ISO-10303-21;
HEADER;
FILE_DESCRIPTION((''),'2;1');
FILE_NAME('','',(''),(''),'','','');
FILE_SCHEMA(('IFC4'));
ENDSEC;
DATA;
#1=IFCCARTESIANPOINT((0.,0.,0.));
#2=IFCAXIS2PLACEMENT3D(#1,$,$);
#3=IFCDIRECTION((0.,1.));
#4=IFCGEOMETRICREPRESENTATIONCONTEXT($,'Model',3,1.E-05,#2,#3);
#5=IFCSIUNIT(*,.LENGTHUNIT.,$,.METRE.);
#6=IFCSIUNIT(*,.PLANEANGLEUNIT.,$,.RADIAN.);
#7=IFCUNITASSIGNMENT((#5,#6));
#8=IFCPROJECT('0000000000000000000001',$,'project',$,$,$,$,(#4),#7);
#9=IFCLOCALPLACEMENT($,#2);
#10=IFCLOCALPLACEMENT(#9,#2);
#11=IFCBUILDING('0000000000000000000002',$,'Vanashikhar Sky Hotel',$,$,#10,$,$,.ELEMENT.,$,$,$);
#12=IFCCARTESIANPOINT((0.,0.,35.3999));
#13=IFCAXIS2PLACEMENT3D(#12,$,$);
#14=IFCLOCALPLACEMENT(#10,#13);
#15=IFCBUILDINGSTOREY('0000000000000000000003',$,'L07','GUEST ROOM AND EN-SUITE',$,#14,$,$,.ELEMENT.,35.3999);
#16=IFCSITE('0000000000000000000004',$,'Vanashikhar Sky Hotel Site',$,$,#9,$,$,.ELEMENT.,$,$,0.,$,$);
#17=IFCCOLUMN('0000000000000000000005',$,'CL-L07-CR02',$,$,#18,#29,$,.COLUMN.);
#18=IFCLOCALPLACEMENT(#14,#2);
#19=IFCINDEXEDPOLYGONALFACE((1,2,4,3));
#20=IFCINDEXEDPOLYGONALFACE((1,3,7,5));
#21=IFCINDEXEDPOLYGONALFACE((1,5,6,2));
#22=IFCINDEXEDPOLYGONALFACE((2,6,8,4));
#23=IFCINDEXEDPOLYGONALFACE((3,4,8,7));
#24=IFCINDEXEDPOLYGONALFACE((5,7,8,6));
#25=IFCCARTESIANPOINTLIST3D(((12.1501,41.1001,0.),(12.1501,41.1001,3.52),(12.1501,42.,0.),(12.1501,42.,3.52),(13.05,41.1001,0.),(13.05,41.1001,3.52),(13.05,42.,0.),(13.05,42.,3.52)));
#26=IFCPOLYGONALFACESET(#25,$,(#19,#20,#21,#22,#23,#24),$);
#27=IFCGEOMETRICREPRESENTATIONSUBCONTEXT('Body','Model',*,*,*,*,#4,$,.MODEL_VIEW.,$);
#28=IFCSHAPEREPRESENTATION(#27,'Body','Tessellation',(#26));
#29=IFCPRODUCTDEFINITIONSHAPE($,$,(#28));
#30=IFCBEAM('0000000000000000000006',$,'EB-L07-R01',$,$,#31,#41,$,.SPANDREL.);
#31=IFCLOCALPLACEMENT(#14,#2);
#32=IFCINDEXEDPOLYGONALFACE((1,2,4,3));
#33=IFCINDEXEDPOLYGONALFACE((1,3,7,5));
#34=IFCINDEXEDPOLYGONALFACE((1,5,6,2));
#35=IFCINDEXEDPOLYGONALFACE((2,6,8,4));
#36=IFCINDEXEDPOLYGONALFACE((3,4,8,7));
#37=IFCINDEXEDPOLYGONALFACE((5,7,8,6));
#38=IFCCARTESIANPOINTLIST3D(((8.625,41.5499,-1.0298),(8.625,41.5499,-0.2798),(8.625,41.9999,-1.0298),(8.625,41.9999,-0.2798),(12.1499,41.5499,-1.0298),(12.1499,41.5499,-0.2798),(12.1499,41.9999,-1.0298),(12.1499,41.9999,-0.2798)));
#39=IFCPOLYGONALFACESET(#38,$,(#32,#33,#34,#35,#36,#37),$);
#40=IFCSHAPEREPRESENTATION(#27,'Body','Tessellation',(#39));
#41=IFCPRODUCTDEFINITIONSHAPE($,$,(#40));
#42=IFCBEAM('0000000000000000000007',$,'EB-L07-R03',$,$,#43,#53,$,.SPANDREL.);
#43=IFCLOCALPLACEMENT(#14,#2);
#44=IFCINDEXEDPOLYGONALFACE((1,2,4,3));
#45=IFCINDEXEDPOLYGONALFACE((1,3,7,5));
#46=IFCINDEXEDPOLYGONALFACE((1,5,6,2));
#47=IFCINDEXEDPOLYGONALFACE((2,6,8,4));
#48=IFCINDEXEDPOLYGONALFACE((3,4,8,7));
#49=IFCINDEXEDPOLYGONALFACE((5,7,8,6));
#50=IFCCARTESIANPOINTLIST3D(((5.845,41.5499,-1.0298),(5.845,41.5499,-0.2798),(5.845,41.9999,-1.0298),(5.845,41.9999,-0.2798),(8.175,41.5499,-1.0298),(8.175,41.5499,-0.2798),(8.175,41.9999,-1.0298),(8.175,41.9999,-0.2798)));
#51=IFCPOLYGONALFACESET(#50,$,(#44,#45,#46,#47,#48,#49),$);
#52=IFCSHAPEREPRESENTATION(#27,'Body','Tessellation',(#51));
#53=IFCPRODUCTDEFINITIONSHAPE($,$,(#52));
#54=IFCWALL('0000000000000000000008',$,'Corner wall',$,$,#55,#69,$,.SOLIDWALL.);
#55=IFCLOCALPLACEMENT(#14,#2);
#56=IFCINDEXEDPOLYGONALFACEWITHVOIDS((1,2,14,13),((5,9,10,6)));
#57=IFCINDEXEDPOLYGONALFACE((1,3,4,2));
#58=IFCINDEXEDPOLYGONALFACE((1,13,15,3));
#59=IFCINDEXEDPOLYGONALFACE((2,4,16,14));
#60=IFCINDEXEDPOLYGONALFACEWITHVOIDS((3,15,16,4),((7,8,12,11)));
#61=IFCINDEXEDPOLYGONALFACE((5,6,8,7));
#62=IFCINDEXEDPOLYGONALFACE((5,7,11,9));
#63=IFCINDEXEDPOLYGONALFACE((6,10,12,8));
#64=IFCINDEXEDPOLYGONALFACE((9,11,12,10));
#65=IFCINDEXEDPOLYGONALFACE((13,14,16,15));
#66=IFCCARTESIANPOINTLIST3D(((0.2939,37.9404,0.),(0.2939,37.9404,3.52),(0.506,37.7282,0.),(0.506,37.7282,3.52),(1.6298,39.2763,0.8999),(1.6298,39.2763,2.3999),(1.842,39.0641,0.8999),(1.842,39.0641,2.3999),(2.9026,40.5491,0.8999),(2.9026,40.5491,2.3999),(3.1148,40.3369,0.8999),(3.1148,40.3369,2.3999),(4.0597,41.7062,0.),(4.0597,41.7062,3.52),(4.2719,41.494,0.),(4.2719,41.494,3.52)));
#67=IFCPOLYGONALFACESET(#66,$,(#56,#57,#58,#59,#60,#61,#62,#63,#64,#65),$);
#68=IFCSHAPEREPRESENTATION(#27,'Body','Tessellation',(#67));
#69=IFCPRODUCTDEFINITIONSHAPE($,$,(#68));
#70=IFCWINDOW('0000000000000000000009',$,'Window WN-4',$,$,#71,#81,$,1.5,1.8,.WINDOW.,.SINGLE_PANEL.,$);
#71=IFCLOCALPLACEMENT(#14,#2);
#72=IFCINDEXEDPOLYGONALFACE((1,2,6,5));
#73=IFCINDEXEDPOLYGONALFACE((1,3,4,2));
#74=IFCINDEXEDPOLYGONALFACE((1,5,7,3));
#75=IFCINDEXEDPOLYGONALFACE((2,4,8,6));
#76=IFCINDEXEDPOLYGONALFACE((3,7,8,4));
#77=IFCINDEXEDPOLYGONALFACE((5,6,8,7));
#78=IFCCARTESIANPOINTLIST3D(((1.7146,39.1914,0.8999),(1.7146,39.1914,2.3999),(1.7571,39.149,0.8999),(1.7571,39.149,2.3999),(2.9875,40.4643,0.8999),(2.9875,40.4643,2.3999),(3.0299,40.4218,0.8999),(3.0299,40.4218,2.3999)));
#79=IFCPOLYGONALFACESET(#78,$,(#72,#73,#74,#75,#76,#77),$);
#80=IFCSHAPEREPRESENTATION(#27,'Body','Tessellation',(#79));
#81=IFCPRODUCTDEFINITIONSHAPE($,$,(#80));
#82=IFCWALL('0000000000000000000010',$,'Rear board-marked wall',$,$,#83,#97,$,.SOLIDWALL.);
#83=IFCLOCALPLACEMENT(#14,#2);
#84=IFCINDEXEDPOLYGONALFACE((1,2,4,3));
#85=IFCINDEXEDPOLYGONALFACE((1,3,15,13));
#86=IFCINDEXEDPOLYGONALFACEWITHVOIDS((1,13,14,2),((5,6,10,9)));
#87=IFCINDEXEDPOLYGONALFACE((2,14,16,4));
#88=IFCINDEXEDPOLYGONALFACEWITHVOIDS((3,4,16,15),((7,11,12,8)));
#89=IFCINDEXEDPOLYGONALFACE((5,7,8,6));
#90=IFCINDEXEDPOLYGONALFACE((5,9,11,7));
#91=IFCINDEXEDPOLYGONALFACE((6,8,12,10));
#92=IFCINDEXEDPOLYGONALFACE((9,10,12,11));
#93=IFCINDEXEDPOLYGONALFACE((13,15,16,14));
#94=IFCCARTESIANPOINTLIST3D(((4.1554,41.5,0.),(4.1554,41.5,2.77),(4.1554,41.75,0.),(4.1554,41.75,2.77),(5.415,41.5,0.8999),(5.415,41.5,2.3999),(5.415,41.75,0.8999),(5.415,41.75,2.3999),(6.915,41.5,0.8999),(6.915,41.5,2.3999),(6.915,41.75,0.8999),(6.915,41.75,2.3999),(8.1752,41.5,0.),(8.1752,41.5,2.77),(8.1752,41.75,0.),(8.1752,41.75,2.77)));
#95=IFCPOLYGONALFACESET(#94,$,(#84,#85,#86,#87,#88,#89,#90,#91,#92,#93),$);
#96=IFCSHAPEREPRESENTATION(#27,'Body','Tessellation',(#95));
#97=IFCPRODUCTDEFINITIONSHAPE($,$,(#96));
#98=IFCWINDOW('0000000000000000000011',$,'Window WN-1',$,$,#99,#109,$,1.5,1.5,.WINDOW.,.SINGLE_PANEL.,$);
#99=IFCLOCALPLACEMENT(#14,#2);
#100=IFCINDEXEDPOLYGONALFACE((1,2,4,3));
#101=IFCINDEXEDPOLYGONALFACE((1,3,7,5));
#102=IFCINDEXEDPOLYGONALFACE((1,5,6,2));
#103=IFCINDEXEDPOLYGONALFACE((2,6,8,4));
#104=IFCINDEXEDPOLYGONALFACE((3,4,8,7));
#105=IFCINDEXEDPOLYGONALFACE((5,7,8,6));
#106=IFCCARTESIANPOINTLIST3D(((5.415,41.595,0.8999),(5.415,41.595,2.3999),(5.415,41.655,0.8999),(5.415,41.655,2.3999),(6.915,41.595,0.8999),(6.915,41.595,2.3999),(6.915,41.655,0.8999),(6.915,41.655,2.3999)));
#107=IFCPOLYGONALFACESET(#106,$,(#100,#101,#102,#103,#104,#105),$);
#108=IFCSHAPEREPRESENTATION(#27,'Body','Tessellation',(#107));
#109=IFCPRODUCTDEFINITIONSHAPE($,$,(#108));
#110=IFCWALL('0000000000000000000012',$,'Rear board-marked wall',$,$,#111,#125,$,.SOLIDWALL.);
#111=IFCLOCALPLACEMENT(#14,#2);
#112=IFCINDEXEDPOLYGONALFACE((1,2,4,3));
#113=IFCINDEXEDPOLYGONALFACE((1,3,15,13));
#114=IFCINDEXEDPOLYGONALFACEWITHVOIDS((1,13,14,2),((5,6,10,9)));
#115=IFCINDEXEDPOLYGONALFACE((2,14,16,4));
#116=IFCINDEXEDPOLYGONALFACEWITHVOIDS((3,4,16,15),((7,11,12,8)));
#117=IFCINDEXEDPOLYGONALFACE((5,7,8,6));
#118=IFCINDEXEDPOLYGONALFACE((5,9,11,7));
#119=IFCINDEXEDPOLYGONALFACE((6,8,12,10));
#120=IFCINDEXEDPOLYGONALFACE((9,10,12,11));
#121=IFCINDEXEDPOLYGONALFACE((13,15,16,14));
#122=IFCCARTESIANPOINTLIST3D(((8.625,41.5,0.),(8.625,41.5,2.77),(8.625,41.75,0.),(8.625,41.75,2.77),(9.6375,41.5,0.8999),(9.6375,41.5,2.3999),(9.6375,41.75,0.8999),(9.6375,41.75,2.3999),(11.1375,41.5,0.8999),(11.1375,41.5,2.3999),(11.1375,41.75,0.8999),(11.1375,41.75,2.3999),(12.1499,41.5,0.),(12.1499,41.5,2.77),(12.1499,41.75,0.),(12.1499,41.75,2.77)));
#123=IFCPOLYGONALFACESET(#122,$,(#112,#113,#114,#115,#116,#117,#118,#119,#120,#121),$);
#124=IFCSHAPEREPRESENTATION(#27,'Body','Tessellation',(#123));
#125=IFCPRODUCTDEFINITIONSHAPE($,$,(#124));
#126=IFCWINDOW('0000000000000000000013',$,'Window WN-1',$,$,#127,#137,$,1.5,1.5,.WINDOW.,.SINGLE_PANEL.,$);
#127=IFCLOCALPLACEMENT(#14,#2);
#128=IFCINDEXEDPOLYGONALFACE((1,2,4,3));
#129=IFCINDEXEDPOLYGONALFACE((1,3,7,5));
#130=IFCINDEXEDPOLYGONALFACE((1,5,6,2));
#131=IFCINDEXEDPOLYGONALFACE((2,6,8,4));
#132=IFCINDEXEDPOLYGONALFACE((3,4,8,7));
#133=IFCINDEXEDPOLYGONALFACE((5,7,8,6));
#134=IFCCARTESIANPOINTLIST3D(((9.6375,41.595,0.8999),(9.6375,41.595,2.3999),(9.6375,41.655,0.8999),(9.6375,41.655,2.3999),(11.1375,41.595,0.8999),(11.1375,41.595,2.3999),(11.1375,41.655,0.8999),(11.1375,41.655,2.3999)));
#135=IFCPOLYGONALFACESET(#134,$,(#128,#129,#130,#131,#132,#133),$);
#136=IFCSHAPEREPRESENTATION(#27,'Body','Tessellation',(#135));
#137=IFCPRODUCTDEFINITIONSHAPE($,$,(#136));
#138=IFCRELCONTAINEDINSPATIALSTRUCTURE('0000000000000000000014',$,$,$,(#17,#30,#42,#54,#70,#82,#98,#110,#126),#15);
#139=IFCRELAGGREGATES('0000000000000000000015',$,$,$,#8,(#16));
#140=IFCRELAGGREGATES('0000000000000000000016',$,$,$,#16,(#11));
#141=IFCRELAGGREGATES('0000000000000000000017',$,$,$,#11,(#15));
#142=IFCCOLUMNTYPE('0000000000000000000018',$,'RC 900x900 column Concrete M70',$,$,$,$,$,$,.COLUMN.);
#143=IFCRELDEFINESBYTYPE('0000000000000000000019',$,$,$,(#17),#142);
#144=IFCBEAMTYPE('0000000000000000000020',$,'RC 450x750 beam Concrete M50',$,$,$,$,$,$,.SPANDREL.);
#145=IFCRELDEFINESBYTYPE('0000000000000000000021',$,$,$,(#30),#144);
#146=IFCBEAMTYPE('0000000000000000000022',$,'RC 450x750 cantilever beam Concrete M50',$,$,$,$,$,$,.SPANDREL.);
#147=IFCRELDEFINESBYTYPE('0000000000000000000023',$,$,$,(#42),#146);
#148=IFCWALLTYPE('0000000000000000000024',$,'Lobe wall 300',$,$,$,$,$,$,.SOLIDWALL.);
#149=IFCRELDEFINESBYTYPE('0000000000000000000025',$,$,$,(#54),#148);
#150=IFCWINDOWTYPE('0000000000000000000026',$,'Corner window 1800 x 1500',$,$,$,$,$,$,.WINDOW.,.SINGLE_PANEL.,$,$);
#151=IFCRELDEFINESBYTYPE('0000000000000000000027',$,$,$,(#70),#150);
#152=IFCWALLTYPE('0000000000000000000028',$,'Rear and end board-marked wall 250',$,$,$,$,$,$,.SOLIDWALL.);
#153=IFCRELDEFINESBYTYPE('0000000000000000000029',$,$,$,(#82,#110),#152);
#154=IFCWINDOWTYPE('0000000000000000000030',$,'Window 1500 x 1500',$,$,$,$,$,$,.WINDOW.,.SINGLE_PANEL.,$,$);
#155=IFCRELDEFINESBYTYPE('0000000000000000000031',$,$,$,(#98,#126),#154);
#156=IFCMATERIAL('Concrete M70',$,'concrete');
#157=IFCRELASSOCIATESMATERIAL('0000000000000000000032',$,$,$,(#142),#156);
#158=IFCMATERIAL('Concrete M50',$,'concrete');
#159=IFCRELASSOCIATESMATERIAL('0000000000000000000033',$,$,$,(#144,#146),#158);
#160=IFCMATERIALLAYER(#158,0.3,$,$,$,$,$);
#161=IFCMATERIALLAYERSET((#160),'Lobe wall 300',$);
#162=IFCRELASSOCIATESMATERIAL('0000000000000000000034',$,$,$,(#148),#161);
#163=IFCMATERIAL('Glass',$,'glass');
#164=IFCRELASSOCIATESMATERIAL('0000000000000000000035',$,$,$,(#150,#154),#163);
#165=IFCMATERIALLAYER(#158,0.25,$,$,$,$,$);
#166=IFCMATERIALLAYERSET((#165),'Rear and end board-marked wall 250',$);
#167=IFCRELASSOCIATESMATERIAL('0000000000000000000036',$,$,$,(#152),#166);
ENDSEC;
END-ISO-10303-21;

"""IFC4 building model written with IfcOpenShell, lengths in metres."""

from ifc_helpers import new_model, si_unit, direction, frame, frame_2d, origin, origin_2d, place, context, subcontext, project, spatial, rectangle, extrude, source, transform, mapped, material, layer, layer_set, material_profile, profile_set, type_object, element, fill, save


model = new_model("IFC4")

# Units and contexts
model_context = context("Model", 3, precision=1e-05, world=origin(), true_north=direction((0.0, 1.0)))
body_context = subcontext(model_context, "Body", "Model", "MODEL_VIEW")
ifc_project = project(units=[si_unit("LENGTHUNIT", "METRE"), si_unit("PLANEANGLEUNIT", "RADIAN")], contexts=[model_context])

# Site, building, storey
site_placement = place(None, origin())
site = spatial("IfcSite", under=ifc_project, at=site_placement, Name="Vanashikhar Sky Hotel Site", CompositionType="ELEMENT", RefElevation=0.0)
building_placement = place(site_placement, origin())
building = spatial("IfcBuilding", under=site, at=building_placement, Name="Vanashikhar Sky Hotel", CompositionType="ELEMENT")
storey_placement = place(building_placement, frame((0.0, 0.0, 35.3999)))
storey = spatial("IfcBuildingStorey", under=building, at=storey_placement, Name="L07", Description="GUEST ROOM AND EN-SUITE", CompositionType="ELEMENT", Elevation=35.3999)

# Column
ifc_material_1 = material(Name="Concrete M70", Category="concrete")
ifc_material_profile_1 = material_profile(ifc_material_1, rectangle(XDim=0.8999, YDim=0.8999, at=origin_2d()))
ifc_profile_set_1 = profile_set([ifc_material_profile_1], Name="RC 900x900 column Concrete M70")
column_type = type_object("IfcColumnType", Name="RC 900x900 column Concrete M70", PredefinedType="COLUMN", material=ifc_profile_set_1)
shared_shape_1 = source(origin(), body_context, "Body", "SweptSolid", [
    extrude(rectangle(XDim=0.8999, YDim=0.8999, at=origin_2d()), origin(), (0.0, 0.0, 1.0), 3.52),
])
column_placement = place(storey_placement, frame((12.6001, 41.55, 0.0), z_axis=(0.0, 0.0, 1.0), x_axis=(1.0, 0.0, 0.0)))
element("IfcColumn", 1, at=column_placement, inside=storey, type_object=column_type, Name="CL-L07-CR02", PredefinedType="COLUMN", context=body_context, shape_type="MappedRepresentation", body=[
    mapped(shared_shape_1, transform((0.0, 0.0, 0.0), scale=1.0)),
])

# Beams
ifc_material_2 = material(Name="Concrete M50", Category="concrete")
ifc_material_profile_2 = material_profile(ifc_material_2, rectangle(XDim=0.45, YDim=0.75, at=origin_2d()))
ifc_profile_set_2 = profile_set([ifc_material_profile_2], Name="RC 450x750 beam Concrete M50")
beam_type_1 = type_object("IfcBeamType", Name="RC 450x750 beam Concrete M50", PredefinedType="SPANDREL", material=ifc_profile_set_2)
shared_shape_2 = source(origin(), body_context, "Body", "SweptSolid", [
    extrude(rectangle(XDim=0.45, YDim=0.75, at=origin_2d()), origin(), (0.0, 0.0, 1.0), 3.5249),
])
beam_1_placement = place(storey_placement, frame((8.625, 41.7749, -0.6548), z_axis=(1.0, 0.0, 0.0), x_axis=(0.0, 1.0, 0.0)))
element("IfcBeam", 2, at=beam_1_placement, inside=storey, type_object=beam_type_1, Name="EB-L07-R01", PredefinedType="SPANDREL", context=body_context, shape_type="MappedRepresentation", body=[
    mapped(shared_shape_2, transform((0.0, 0.0, 0.0), scale=1.0)),
])
ifc_material_profile_3 = material_profile(ifc_material_2, rectangle(XDim=0.45, YDim=0.75, at=origin_2d()))
ifc_profile_set_3 = profile_set([ifc_material_profile_3], Name="RC 450x750 cantilever beam Concrete M50")
beam_type_2 = type_object("IfcBeamType", Name="RC 450x750 cantilever beam Concrete M50", PredefinedType="SPANDREL", material=ifc_profile_set_3)
shared_shape_3 = source(origin(), body_context, "Body", "SweptSolid", [
    extrude(rectangle(XDim=0.45, YDim=0.75, at=origin_2d()), origin(), (0.0, 0.0, 1.0), 2.3301),
])
beam_2_placement = place(storey_placement, frame((5.845, 41.7749, -0.6548), z_axis=(1.0, 0.0, 0.0), x_axis=(0.0, 1.0, 0.0)))
element("IfcBeam", 3, at=beam_2_placement, inside=storey, type_object=beam_type_2, Name="EB-L07-R03", PredefinedType="SPANDREL", context=body_context, shape_type="MappedRepresentation", body=[
    mapped(shared_shape_3, transform((0.0, 0.0, 0.0), scale=1.0)),
])

# Walls, openings, windows
ifc_layer_1 = layer(ifc_material_2, 0.3)
ifc_layer_set_1 = layer_set([ifc_layer_1], Name="Lobe wall 300")
wall_type_1 = type_object("IfcWallType", Name="Lobe wall 300", PredefinedType="SOLIDWALL", material=ifc_layer_set_1)
shared_shape_4 = source(origin(), body_context, "Body", "SweptSolid", [
    extrude(rectangle(XDim=5.3257, YDim=0.3, at=frame_2d((2.6628, 0.0))), origin(), (0.0, 0.0, 1.0), 3.52),
])
wall_1_placement = place(storey_placement, frame((4.1658, 41.6001, 0.0), z_axis=(0.0, 0.0, 1.0), x_axis=(-0.707107, -0.707107, 0.0)))
wall_1 = element("IfcWall", 4, at=wall_1_placement, inside=storey, type_object=wall_type_1, Name="Corner wall", PredefinedType="SOLIDWALL", context=body_context, shape_type="MappedRepresentation", body=[
    mapped(shared_shape_4, transform((0.0, 0.0, 0.0), scale=1.0)),
])
shared_shape_5 = source(origin(), body_context, "Body", "SweptSolid", [
    extrude(rectangle(XDim=1.8, YDim=1.5, at=frame_2d((0.8999, 0.75))), frame((0.0, 0.1602, 0.0), z_axis=(0.0, -1.0, 0.0), x_axis=(1.0, 0.0, 0.0)), (0.0, 0.0, 1.0), 0.3201),
])
opening_1_placement = place(wall_1_placement, frame((1.6365, 0.0, 0.8999)))
opening_1 = element("IfcOpeningElement", 5, at=opening_1_placement, cuts=wall_1, PredefinedType="OPENING", context=body_context, shape_type="MappedRepresentation", body=[
    mapped(shared_shape_5, transform((0.0, 0.0, 0.0), scale=1.0)),
])
ifc_material_3 = material(Name="Glass", Category="glass")
window_type_1 = type_object("IfcWindowType", Name="Corner window 1800 x 1500", PartitioningType="SINGLE_PANEL", PredefinedType="WINDOW", material=ifc_material_3)
shared_shape_6 = source(origin(), body_context, "Body", "SweptSolid", [
    extrude(rectangle(XDim=1.8, YDim=1.5, at=frame_2d((0.8999, 0.75))), frame((0.0, 0.03, 0.0), z_axis=(0.0, -1.0, 0.0), x_axis=(1.0, 0.0, 0.0)), (0.0, 0.0, 1.0), 0.0601),
])
window_1_placement = place(opening_1_placement, origin())
window_1 = element("IfcWindow", 6, at=window_1_placement, inside=storey, type_object=window_type_1, Name="Window WN-4", OverallHeight=1.5, OverallWidth=1.8, PartitioningType="SINGLE_PANEL", PredefinedType="WINDOW", context=body_context, shape_type="MappedRepresentation", body=[
    mapped(shared_shape_6, transform((0.0, 0.0, 0.0), scale=1.0)),
])
fill(opening_1, window_1)
ifc_layer_2 = layer(ifc_material_2, 0.25)
ifc_layer_set_2 = layer_set([ifc_layer_2], Name="Rear and end board-marked wall 250")
wall_type_2 = type_object("IfcWallType", Name="Rear and end board-marked wall 250", PredefinedType="SOLIDWALL", material=ifc_layer_set_2)
shared_shape_7 = source(origin(), body_context, "Body", "SweptSolid", [
    extrude(rectangle(XDim=4.0198, YDim=0.25, at=frame_2d((2.0098, 0.0))), origin(), (0.0, 0.0, 1.0), 2.77),
])
wall_2_placement = place(storey_placement, frame((8.175, 41.625, 0.0), z_axis=(0.0, 0.0, 1.0), x_axis=(-1.0, 0.0, 0.0)))
wall_2 = element("IfcWall", 7, at=wall_2_placement, inside=storey, type_object=wall_type_2, Name="Rear board-marked wall", PredefinedType="SOLIDWALL", context=body_context, shape_type="MappedRepresentation", body=[
    mapped(shared_shape_7, transform((0.0, 0.0, 0.0), scale=1.0)),
])
shared_shape_8 = source(origin(), body_context, "Body", "SweptSolid", [
    extrude(rectangle(XDim=1.5, YDim=1.5, at=frame_2d((0.75, 0.75))), frame((0.0, 0.135, 0.0), z_axis=(0.0, -1.0, 0.0), x_axis=(1.0, 0.0, 0.0)), (0.0, 0.0, 1.0), 0.27),
])
opening_2_placement = place(wall_2_placement, frame((1.26, 0.0, 0.8999)))
opening_2 = element("IfcOpeningElement", 8, at=opening_2_placement, cuts=wall_2, PredefinedType="OPENING", context=body_context, shape_type="MappedRepresentation", body=[
    mapped(shared_shape_8, transform((0.0, 0.0, 0.0), scale=1.0)),
])
window_type_2 = type_object("IfcWindowType", Name="Window 1500 x 1500", PartitioningType="SINGLE_PANEL", PredefinedType="WINDOW", material=ifc_material_3)
shared_shape_9 = source(origin(), body_context, "Body", "SweptSolid", [
    extrude(rectangle(XDim=1.5, YDim=1.5, at=frame_2d((0.75, 0.75))), frame((0.0, 0.03, 0.0), z_axis=(0.0, -1.0, 0.0), x_axis=(1.0, 0.0, 0.0)), (0.0, 0.0, 1.0), 0.0601),
])
window_2_placement = place(opening_2_placement, origin())
window_2 = element("IfcWindow", 9, at=window_2_placement, inside=storey, type_object=window_type_2, Name="Window WN-1", OverallHeight=1.5, OverallWidth=1.5, PartitioningType="SINGLE_PANEL", PredefinedType="WINDOW", context=body_context, shape_type="MappedRepresentation", body=[
    mapped(shared_shape_9, transform((0.0, 0.0, 0.0), scale=1.0)),
])
fill(opening_2, window_2)
shared_shape_10 = source(origin(), body_context, "Body", "SweptSolid", [
    extrude(rectangle(XDim=3.5249, YDim=0.25, at=frame_2d((1.7625, 0.0))), origin(), (0.0, 0.0, 1.0), 2.77),
])
wall_3_placement = place(storey_placement, frame((12.1499, 41.625, 0.0), z_axis=(0.0, 0.0, 1.0), x_axis=(-1.0, 0.0, 0.0)))
wall_3 = element("IfcWall", 10, at=wall_3_placement, inside=storey, type_object=wall_type_2, Name="Rear board-marked wall", PredefinedType="SOLIDWALL", context=body_context, shape_type="MappedRepresentation", body=[
    mapped(shared_shape_10, transform((0.0, 0.0, 0.0), scale=1.0)),
])
opening_3_placement = place(wall_3_placement, frame((1.0125, 0.0, 0.8999)))
opening_3 = element("IfcOpeningElement", 11, at=opening_3_placement, cuts=wall_3, PredefinedType="OPENING", context=body_context, shape_type="MappedRepresentation", body=[
    mapped(shared_shape_8, transform((0.0, 0.0, 0.0), scale=1.0)),
])
window_3_placement = place(opening_3_placement, origin())
window_3 = element("IfcWindow", 12, at=window_3_placement, inside=storey, type_object=window_type_2, Name="Window WN-1", OverallHeight=1.5, OverallWidth=1.5, PartitioningType="SINGLE_PANEL", PredefinedType="WINDOW", context=body_context, shape_type="MappedRepresentation", body=[
    mapped(shared_shape_9, transform((0.0, 0.0, 0.0), scale=1.0)),
])
fill(opening_3, window_3)

save(model, "model.ifc")
